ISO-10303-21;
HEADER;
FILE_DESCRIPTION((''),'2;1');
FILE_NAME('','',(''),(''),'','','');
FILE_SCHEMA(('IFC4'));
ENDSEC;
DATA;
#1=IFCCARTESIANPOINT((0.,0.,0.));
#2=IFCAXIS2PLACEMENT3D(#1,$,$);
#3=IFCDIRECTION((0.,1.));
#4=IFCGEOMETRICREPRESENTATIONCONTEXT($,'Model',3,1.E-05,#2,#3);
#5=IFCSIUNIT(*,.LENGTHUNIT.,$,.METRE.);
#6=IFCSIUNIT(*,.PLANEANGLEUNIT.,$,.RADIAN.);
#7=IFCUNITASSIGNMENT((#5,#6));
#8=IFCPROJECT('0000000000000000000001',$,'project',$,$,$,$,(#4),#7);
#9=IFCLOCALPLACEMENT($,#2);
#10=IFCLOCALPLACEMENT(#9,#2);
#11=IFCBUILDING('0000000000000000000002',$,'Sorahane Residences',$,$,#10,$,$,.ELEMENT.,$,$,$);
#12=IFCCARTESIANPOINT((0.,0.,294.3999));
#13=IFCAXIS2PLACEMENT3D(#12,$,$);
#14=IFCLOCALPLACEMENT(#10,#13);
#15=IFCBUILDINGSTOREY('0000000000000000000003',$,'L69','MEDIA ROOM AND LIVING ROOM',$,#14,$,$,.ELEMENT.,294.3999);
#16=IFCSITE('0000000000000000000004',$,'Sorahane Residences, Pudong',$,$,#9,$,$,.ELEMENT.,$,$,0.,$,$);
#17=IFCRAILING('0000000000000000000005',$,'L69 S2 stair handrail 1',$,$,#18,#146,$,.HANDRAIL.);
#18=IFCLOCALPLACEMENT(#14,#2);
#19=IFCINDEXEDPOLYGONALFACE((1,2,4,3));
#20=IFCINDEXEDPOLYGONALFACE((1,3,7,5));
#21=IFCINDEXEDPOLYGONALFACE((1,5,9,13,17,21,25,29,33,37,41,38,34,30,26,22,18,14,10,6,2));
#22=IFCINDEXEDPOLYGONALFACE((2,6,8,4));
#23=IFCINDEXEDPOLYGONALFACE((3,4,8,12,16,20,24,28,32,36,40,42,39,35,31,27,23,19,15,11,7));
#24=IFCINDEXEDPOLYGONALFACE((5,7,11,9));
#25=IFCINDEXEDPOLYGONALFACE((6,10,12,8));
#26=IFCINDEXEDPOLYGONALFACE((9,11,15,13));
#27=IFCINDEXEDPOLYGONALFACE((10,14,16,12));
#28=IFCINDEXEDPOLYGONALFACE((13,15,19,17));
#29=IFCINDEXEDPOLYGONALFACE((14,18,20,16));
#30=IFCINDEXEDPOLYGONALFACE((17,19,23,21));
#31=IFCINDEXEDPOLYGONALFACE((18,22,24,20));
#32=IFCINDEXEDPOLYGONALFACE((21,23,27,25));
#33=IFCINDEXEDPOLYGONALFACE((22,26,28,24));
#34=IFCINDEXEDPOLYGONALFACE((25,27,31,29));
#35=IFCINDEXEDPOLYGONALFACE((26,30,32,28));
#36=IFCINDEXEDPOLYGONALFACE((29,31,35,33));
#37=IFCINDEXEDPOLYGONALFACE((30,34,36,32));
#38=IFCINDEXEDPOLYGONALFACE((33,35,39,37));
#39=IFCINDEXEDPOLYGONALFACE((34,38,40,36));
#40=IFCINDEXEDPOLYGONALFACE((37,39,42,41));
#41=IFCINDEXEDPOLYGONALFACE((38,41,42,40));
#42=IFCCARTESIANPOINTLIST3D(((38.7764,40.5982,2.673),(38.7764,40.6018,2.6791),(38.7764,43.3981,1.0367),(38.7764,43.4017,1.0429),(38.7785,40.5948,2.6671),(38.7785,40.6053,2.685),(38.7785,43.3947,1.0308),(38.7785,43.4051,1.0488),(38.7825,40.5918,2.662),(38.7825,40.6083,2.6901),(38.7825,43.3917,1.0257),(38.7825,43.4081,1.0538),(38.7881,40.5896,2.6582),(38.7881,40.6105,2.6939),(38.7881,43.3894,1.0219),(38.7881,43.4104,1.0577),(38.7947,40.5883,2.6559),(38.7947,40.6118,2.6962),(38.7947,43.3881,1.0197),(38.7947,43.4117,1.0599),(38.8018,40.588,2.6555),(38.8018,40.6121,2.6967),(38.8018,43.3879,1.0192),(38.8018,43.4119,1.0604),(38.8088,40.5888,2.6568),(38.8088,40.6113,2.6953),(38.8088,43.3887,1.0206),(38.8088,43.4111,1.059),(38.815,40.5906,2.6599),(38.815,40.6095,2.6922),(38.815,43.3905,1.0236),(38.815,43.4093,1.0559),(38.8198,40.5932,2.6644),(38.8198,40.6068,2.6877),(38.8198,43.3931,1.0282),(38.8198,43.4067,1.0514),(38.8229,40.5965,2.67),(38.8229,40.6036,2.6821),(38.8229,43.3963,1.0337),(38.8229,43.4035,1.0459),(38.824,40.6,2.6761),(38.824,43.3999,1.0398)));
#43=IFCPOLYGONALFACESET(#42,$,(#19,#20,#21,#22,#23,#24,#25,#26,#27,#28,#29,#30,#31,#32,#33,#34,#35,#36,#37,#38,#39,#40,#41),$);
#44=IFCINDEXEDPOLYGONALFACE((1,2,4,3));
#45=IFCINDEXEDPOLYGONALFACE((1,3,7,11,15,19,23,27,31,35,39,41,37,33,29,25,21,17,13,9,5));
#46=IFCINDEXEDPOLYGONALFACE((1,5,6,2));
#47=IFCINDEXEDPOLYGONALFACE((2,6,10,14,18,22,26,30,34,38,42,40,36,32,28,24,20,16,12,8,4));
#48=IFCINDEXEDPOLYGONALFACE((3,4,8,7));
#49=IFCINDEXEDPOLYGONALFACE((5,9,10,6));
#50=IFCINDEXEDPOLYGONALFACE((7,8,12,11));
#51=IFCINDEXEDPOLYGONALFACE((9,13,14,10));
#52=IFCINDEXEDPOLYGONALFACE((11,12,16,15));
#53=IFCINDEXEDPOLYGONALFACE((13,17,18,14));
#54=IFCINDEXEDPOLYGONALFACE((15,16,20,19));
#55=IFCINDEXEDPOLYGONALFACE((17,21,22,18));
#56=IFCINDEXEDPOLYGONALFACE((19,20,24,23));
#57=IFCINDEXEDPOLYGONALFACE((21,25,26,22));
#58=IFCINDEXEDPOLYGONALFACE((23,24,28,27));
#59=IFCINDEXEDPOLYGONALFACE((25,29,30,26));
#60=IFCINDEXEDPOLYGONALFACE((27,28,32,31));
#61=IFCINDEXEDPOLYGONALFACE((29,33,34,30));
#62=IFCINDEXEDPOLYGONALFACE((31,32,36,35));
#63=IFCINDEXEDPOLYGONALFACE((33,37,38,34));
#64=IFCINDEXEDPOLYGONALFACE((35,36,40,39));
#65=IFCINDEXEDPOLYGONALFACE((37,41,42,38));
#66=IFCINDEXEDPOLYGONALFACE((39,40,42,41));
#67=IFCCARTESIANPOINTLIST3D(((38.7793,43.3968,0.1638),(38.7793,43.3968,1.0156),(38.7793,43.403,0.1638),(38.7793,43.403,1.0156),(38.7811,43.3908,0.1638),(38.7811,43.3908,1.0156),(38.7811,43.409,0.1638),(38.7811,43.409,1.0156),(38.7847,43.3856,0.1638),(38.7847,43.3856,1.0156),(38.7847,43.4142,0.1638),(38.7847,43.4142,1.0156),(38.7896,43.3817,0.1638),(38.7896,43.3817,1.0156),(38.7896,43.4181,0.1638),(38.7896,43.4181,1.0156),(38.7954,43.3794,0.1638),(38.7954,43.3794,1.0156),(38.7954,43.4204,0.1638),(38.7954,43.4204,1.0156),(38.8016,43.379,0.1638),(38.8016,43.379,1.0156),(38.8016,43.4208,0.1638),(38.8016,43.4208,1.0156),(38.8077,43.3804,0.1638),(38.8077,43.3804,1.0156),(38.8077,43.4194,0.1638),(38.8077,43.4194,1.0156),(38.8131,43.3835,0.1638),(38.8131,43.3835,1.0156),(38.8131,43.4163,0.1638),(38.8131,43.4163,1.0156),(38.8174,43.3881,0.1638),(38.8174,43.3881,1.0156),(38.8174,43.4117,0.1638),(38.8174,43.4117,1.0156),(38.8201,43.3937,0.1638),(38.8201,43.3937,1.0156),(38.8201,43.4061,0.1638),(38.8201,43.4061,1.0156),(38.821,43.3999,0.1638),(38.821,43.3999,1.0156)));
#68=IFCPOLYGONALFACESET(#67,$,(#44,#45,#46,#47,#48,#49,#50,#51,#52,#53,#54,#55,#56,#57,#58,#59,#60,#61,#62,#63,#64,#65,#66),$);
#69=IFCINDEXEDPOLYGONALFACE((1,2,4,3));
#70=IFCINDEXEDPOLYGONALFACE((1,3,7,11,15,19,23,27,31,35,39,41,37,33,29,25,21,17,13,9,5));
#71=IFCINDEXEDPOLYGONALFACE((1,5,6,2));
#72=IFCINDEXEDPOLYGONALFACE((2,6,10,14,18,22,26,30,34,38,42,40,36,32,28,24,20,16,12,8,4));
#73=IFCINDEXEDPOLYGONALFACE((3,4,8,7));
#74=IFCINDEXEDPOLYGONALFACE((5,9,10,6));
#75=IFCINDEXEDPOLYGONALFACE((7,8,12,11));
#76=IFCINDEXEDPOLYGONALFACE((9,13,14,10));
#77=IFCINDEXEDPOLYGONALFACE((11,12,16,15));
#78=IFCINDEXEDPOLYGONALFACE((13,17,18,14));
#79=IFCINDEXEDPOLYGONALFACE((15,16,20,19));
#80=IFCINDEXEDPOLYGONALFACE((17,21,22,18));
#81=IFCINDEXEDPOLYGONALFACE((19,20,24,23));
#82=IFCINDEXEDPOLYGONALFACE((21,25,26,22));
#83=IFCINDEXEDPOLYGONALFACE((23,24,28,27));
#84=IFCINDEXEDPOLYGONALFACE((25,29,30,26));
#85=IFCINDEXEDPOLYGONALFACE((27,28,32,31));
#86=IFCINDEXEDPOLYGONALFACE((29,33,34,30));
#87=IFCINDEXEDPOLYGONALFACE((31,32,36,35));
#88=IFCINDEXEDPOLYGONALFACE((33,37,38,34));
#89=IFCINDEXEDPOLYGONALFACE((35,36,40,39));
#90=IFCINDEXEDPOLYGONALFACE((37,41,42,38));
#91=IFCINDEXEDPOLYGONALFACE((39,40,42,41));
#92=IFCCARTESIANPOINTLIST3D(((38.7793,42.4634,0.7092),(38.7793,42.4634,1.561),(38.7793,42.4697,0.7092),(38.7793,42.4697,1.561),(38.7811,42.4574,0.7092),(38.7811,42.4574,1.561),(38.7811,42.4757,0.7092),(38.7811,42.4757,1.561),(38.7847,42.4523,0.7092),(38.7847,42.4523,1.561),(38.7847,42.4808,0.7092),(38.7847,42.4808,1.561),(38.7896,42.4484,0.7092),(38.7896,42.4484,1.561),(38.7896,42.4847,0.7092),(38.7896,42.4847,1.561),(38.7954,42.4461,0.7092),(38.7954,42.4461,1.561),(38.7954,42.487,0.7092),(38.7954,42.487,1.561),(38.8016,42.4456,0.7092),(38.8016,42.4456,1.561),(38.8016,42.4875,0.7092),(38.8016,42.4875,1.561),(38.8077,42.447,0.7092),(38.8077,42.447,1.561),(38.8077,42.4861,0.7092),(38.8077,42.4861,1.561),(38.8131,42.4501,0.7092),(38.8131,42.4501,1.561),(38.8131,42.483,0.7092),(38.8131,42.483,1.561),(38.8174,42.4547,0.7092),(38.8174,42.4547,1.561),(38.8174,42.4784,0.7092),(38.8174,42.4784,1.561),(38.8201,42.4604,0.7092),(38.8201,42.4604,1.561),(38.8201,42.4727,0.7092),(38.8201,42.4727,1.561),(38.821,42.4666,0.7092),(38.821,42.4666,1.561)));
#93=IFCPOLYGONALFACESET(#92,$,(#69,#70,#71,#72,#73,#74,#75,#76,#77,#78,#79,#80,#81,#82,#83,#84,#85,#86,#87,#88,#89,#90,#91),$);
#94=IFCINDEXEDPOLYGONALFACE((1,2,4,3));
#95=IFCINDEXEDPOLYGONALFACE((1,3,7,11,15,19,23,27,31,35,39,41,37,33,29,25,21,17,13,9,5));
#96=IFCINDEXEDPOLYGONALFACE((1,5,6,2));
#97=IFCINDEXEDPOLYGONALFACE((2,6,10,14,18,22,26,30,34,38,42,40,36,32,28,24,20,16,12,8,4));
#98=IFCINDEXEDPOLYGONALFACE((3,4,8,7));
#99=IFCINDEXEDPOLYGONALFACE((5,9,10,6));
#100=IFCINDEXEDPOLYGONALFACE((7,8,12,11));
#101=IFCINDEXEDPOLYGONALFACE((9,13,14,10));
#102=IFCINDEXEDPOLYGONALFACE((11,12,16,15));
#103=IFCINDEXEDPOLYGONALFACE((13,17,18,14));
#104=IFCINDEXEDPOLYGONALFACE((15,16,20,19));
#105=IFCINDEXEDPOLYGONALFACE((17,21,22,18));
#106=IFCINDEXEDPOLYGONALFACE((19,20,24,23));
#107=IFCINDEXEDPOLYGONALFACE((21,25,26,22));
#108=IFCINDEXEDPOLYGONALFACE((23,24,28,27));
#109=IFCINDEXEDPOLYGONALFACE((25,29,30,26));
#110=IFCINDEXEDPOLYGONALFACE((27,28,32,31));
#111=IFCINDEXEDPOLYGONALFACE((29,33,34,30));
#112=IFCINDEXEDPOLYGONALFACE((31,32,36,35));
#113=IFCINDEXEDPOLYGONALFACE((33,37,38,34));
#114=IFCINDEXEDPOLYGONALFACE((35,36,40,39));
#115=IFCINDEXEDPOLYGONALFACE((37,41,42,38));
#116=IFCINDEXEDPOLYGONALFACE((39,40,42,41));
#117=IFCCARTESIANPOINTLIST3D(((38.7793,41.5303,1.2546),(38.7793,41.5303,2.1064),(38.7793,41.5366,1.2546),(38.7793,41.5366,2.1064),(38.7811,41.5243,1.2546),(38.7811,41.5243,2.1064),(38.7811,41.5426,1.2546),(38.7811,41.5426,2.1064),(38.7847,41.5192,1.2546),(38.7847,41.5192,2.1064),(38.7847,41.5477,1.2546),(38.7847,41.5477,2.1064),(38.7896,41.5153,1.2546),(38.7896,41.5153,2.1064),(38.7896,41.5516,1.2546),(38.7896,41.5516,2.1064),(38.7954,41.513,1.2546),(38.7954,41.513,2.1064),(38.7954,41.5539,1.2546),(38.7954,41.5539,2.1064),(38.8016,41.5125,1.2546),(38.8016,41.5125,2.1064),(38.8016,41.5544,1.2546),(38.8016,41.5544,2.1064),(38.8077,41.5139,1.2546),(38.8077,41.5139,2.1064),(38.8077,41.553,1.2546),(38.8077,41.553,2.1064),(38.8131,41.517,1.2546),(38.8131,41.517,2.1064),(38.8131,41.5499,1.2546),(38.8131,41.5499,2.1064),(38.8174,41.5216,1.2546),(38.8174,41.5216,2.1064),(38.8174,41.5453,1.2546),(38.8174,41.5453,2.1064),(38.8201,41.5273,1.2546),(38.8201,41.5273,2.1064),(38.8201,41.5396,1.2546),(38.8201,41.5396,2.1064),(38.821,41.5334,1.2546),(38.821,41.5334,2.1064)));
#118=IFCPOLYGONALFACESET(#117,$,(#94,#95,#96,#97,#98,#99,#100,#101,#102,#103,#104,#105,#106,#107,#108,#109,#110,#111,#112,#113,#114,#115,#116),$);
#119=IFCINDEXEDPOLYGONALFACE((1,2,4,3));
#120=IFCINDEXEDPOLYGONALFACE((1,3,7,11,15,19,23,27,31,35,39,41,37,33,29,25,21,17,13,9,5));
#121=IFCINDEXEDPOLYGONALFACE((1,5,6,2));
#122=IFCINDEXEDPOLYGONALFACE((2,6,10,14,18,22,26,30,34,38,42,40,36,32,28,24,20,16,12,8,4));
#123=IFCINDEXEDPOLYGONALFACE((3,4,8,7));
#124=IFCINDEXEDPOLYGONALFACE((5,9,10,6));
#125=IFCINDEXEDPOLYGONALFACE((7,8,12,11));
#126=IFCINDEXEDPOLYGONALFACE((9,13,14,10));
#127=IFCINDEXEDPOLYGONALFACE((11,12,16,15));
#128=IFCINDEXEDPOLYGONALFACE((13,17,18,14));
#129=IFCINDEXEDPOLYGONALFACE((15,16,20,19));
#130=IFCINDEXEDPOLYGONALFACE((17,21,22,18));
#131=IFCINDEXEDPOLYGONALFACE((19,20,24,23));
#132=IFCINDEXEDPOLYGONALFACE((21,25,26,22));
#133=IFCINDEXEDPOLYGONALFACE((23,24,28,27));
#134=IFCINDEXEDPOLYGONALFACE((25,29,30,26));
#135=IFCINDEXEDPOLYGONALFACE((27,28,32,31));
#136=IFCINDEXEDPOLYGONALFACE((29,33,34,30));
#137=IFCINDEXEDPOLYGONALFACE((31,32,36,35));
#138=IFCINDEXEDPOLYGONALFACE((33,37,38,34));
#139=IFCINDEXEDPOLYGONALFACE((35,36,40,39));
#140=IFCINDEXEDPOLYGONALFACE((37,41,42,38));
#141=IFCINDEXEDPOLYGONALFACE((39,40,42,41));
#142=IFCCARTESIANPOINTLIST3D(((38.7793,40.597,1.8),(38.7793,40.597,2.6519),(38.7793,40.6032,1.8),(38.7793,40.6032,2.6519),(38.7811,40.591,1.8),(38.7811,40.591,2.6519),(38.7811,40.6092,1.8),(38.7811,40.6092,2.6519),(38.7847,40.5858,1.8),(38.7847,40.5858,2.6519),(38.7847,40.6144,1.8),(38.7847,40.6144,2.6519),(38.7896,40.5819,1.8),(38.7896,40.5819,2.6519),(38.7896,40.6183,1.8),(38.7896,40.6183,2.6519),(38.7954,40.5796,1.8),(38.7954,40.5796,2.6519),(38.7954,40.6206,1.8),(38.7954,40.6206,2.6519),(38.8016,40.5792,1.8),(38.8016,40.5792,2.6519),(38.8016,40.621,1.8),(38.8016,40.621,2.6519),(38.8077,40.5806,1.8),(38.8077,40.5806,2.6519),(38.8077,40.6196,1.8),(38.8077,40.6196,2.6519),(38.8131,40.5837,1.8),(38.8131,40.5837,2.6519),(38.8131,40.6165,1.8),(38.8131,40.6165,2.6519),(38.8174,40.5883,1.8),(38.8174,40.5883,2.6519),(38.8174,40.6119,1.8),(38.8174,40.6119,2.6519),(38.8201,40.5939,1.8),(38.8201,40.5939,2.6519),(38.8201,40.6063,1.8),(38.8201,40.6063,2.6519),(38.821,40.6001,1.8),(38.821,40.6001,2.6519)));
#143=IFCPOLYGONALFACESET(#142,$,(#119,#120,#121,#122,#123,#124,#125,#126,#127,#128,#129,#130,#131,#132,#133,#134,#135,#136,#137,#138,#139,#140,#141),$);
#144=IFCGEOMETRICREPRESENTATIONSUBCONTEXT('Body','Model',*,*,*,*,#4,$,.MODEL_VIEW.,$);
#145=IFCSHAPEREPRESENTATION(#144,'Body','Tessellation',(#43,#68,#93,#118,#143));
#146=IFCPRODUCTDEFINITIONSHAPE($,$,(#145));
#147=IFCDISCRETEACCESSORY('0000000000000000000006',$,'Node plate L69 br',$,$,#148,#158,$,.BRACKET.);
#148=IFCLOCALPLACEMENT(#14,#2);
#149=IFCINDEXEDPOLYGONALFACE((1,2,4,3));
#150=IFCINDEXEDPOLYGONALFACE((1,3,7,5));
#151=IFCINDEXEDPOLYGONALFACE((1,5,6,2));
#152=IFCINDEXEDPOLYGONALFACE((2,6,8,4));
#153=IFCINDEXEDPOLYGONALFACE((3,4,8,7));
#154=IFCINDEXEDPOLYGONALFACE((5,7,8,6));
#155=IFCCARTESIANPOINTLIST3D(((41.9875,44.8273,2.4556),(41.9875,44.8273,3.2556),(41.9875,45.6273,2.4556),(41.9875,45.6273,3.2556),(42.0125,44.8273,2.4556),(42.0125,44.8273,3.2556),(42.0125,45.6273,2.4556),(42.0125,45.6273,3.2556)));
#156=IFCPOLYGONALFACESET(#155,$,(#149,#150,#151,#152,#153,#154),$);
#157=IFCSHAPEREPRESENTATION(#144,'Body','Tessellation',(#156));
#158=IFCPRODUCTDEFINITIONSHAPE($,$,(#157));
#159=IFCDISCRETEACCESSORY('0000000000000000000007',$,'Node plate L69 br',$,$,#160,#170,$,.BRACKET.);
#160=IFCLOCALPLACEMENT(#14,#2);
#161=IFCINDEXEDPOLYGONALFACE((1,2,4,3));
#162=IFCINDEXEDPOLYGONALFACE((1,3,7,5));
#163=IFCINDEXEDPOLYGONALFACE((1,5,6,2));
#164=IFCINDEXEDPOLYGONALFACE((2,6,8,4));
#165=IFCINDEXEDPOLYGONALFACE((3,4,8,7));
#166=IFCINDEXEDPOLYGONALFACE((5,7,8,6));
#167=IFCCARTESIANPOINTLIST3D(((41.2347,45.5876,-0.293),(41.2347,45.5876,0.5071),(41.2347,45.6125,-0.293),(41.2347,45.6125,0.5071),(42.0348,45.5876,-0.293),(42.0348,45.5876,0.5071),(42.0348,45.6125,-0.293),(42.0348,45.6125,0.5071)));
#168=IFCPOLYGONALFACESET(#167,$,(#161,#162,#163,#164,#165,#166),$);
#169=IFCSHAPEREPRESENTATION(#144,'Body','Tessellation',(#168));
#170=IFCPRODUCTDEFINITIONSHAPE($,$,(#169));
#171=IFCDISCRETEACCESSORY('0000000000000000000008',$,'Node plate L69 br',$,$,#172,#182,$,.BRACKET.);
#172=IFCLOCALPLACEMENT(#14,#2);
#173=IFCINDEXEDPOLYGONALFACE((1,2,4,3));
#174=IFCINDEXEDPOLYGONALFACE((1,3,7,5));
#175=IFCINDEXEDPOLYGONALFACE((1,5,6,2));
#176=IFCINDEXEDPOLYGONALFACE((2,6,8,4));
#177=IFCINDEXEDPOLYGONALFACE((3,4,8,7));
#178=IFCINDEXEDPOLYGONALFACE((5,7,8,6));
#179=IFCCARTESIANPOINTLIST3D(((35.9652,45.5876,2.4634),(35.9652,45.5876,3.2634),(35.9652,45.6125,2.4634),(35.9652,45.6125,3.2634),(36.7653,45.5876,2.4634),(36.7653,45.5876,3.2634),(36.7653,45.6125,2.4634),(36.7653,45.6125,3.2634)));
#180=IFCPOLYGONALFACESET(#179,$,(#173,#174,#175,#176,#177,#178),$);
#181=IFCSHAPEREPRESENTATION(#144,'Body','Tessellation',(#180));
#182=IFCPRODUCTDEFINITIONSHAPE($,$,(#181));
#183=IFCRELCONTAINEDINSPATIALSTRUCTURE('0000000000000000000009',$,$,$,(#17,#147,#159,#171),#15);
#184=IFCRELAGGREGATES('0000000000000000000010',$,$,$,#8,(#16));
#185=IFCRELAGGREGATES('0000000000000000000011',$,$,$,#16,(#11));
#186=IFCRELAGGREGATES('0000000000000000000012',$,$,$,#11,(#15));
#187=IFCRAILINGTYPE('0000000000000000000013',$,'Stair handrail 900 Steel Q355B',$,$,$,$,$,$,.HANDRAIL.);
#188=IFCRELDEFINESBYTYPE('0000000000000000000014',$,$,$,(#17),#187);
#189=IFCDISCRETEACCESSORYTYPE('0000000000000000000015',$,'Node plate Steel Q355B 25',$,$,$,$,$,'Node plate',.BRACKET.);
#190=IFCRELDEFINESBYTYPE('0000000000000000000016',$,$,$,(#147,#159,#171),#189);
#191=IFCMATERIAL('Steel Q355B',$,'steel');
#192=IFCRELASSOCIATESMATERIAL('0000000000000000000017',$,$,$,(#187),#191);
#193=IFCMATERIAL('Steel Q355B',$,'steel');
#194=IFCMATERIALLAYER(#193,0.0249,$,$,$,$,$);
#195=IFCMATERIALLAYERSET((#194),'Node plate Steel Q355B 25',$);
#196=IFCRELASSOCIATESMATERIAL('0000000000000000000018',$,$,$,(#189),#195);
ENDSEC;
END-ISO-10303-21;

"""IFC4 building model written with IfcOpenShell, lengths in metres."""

from ifc_helpers import new_model, si_unit, direction, frame, origin, origin_2d, place, context, subcontext, project, spatial, rectangle, circle, extrude, material, layer, layer_set, type_object, element, save


model = new_model("IFC4")

# Units and contexts
model_context = context("Model", 3, precision=1e-05, world=origin(), true_north=direction((0.0, 1.0)))
body_context = subcontext(model_context, "Body", "Model", "MODEL_VIEW")
ifc_project = project(units=[si_unit("LENGTHUNIT", "METRE"), si_unit("PLANEANGLEUNIT", "RADIAN")], contexts=[model_context])

# Site, building, storey
site_placement = place(None, origin())
site = spatial("IfcSite", under=ifc_project, at=site_placement, Name="Sorahane Residences, Pudong", CompositionType="ELEMENT", RefElevation=0.0)
building_placement = place(site_placement, origin())
building = spatial("IfcBuilding", under=site, at=building_placement, Name="Sorahane Residences", CompositionType="ELEMENT")
storey_placement = place(building_placement, frame((0.0, 0.0, 294.3999)))
storey = spatial("IfcBuildingStorey", under=building, at=storey_placement, Name="L69", Description="MEDIA ROOM AND LIVING ROOM", CompositionType="ELEMENT", Elevation=294.3999)

# Railing
ifc_material_1 = material(Name="Steel Q355B", Category="steel")
railing_type_1 = type_object("IfcRailingType", Name="Stair handrail 900 Steel Q355B", PredefinedType="HANDRAIL", material=ifc_material_1)
railing_1_placement = place(storey_placement, frame((38.8, 43.3999, 0.1638)))
element("IfcRailing", 1, at=railing_1_placement, inside=storey, type_object=railing_type_1, Name="L69 S2 stair handrail 1", PredefinedType="HANDRAIL", context=body_context, shape_type="SweptSolid", body=[
    extrude(circle(Radius=0.0239, at=origin_2d()), frame((0.0, 0.0, 0.876), z_axis=(0.0, -0.863374, 0.504564), x_axis=(1.0, 0.0, 0.0)), (0.0, 0.0, 1.0), 3.2429),
    extrude(circle(Radius=0.021, at=origin_2d()), origin(), (0.0, 0.0, 1.0), 0.8518),
    extrude(circle(Radius=0.021, at=origin_2d()), frame((0.0, -0.9333, 0.5454)), (0.0, 0.0, 1.0), 0.8518),
    extrude(circle(Radius=0.021, at=origin_2d()), frame((0.0, -1.8665, 1.0908)), (0.0, 0.0, 1.0), 0.8518),
    extrude(circle(Radius=0.021, at=origin_2d()), frame((0.0, -2.7998, 1.6362)), (0.0, 0.0, 1.0), 0.8518),
])

# Discrete accessories
ifc_material_2 = material(Name="Steel Q355B", Category="steel")
ifc_layer_1 = layer(ifc_material_2, 0.0249)
ifc_layer_set_1 = layer_set([ifc_layer_1], Name="Node plate Steel Q355B 25")
discrete_accessory_type = type_object("IfcDiscreteAccessoryType", Name="Node plate Steel Q355B 25", ElementType="Node plate", PredefinedType="BRACKET", material=ifc_layer_set_1)
for number, where, z_axis, x_axis, name in (
    (2, (42.0, 45.2273, 2.4556), (0.0, 0.0, 1.0), (0.0, 1.0, 0.0), "Node plate L69 br"),
    (3, (41.6348, 45.6001, -0.293), (0.0, 0.0, 1.0), (1.0, 0.0, 0.0), "Node plate L69 br"),
    (4, (36.3652, 45.6001, 2.4634), (0.0, 0.0, 1.0), (1.0, 0.0, 0.0), "Node plate L69 br"),
):
    element("IfcDiscreteAccessory", number, at=place(storey_placement, frame(where, z_axis=z_axis, x_axis=x_axis)), inside=storey, type_object=discrete_accessory_type, Name=name, PredefinedType="BRACKET", context=body_context, shape_type="SweptSolid", body=[
        extrude(rectangle(XDim=0.8, YDim=0.0249, at=origin_2d()), origin(), (0.0, 0.0, 1.0), 0.8),
    ])

save(model, "model.ifc")
